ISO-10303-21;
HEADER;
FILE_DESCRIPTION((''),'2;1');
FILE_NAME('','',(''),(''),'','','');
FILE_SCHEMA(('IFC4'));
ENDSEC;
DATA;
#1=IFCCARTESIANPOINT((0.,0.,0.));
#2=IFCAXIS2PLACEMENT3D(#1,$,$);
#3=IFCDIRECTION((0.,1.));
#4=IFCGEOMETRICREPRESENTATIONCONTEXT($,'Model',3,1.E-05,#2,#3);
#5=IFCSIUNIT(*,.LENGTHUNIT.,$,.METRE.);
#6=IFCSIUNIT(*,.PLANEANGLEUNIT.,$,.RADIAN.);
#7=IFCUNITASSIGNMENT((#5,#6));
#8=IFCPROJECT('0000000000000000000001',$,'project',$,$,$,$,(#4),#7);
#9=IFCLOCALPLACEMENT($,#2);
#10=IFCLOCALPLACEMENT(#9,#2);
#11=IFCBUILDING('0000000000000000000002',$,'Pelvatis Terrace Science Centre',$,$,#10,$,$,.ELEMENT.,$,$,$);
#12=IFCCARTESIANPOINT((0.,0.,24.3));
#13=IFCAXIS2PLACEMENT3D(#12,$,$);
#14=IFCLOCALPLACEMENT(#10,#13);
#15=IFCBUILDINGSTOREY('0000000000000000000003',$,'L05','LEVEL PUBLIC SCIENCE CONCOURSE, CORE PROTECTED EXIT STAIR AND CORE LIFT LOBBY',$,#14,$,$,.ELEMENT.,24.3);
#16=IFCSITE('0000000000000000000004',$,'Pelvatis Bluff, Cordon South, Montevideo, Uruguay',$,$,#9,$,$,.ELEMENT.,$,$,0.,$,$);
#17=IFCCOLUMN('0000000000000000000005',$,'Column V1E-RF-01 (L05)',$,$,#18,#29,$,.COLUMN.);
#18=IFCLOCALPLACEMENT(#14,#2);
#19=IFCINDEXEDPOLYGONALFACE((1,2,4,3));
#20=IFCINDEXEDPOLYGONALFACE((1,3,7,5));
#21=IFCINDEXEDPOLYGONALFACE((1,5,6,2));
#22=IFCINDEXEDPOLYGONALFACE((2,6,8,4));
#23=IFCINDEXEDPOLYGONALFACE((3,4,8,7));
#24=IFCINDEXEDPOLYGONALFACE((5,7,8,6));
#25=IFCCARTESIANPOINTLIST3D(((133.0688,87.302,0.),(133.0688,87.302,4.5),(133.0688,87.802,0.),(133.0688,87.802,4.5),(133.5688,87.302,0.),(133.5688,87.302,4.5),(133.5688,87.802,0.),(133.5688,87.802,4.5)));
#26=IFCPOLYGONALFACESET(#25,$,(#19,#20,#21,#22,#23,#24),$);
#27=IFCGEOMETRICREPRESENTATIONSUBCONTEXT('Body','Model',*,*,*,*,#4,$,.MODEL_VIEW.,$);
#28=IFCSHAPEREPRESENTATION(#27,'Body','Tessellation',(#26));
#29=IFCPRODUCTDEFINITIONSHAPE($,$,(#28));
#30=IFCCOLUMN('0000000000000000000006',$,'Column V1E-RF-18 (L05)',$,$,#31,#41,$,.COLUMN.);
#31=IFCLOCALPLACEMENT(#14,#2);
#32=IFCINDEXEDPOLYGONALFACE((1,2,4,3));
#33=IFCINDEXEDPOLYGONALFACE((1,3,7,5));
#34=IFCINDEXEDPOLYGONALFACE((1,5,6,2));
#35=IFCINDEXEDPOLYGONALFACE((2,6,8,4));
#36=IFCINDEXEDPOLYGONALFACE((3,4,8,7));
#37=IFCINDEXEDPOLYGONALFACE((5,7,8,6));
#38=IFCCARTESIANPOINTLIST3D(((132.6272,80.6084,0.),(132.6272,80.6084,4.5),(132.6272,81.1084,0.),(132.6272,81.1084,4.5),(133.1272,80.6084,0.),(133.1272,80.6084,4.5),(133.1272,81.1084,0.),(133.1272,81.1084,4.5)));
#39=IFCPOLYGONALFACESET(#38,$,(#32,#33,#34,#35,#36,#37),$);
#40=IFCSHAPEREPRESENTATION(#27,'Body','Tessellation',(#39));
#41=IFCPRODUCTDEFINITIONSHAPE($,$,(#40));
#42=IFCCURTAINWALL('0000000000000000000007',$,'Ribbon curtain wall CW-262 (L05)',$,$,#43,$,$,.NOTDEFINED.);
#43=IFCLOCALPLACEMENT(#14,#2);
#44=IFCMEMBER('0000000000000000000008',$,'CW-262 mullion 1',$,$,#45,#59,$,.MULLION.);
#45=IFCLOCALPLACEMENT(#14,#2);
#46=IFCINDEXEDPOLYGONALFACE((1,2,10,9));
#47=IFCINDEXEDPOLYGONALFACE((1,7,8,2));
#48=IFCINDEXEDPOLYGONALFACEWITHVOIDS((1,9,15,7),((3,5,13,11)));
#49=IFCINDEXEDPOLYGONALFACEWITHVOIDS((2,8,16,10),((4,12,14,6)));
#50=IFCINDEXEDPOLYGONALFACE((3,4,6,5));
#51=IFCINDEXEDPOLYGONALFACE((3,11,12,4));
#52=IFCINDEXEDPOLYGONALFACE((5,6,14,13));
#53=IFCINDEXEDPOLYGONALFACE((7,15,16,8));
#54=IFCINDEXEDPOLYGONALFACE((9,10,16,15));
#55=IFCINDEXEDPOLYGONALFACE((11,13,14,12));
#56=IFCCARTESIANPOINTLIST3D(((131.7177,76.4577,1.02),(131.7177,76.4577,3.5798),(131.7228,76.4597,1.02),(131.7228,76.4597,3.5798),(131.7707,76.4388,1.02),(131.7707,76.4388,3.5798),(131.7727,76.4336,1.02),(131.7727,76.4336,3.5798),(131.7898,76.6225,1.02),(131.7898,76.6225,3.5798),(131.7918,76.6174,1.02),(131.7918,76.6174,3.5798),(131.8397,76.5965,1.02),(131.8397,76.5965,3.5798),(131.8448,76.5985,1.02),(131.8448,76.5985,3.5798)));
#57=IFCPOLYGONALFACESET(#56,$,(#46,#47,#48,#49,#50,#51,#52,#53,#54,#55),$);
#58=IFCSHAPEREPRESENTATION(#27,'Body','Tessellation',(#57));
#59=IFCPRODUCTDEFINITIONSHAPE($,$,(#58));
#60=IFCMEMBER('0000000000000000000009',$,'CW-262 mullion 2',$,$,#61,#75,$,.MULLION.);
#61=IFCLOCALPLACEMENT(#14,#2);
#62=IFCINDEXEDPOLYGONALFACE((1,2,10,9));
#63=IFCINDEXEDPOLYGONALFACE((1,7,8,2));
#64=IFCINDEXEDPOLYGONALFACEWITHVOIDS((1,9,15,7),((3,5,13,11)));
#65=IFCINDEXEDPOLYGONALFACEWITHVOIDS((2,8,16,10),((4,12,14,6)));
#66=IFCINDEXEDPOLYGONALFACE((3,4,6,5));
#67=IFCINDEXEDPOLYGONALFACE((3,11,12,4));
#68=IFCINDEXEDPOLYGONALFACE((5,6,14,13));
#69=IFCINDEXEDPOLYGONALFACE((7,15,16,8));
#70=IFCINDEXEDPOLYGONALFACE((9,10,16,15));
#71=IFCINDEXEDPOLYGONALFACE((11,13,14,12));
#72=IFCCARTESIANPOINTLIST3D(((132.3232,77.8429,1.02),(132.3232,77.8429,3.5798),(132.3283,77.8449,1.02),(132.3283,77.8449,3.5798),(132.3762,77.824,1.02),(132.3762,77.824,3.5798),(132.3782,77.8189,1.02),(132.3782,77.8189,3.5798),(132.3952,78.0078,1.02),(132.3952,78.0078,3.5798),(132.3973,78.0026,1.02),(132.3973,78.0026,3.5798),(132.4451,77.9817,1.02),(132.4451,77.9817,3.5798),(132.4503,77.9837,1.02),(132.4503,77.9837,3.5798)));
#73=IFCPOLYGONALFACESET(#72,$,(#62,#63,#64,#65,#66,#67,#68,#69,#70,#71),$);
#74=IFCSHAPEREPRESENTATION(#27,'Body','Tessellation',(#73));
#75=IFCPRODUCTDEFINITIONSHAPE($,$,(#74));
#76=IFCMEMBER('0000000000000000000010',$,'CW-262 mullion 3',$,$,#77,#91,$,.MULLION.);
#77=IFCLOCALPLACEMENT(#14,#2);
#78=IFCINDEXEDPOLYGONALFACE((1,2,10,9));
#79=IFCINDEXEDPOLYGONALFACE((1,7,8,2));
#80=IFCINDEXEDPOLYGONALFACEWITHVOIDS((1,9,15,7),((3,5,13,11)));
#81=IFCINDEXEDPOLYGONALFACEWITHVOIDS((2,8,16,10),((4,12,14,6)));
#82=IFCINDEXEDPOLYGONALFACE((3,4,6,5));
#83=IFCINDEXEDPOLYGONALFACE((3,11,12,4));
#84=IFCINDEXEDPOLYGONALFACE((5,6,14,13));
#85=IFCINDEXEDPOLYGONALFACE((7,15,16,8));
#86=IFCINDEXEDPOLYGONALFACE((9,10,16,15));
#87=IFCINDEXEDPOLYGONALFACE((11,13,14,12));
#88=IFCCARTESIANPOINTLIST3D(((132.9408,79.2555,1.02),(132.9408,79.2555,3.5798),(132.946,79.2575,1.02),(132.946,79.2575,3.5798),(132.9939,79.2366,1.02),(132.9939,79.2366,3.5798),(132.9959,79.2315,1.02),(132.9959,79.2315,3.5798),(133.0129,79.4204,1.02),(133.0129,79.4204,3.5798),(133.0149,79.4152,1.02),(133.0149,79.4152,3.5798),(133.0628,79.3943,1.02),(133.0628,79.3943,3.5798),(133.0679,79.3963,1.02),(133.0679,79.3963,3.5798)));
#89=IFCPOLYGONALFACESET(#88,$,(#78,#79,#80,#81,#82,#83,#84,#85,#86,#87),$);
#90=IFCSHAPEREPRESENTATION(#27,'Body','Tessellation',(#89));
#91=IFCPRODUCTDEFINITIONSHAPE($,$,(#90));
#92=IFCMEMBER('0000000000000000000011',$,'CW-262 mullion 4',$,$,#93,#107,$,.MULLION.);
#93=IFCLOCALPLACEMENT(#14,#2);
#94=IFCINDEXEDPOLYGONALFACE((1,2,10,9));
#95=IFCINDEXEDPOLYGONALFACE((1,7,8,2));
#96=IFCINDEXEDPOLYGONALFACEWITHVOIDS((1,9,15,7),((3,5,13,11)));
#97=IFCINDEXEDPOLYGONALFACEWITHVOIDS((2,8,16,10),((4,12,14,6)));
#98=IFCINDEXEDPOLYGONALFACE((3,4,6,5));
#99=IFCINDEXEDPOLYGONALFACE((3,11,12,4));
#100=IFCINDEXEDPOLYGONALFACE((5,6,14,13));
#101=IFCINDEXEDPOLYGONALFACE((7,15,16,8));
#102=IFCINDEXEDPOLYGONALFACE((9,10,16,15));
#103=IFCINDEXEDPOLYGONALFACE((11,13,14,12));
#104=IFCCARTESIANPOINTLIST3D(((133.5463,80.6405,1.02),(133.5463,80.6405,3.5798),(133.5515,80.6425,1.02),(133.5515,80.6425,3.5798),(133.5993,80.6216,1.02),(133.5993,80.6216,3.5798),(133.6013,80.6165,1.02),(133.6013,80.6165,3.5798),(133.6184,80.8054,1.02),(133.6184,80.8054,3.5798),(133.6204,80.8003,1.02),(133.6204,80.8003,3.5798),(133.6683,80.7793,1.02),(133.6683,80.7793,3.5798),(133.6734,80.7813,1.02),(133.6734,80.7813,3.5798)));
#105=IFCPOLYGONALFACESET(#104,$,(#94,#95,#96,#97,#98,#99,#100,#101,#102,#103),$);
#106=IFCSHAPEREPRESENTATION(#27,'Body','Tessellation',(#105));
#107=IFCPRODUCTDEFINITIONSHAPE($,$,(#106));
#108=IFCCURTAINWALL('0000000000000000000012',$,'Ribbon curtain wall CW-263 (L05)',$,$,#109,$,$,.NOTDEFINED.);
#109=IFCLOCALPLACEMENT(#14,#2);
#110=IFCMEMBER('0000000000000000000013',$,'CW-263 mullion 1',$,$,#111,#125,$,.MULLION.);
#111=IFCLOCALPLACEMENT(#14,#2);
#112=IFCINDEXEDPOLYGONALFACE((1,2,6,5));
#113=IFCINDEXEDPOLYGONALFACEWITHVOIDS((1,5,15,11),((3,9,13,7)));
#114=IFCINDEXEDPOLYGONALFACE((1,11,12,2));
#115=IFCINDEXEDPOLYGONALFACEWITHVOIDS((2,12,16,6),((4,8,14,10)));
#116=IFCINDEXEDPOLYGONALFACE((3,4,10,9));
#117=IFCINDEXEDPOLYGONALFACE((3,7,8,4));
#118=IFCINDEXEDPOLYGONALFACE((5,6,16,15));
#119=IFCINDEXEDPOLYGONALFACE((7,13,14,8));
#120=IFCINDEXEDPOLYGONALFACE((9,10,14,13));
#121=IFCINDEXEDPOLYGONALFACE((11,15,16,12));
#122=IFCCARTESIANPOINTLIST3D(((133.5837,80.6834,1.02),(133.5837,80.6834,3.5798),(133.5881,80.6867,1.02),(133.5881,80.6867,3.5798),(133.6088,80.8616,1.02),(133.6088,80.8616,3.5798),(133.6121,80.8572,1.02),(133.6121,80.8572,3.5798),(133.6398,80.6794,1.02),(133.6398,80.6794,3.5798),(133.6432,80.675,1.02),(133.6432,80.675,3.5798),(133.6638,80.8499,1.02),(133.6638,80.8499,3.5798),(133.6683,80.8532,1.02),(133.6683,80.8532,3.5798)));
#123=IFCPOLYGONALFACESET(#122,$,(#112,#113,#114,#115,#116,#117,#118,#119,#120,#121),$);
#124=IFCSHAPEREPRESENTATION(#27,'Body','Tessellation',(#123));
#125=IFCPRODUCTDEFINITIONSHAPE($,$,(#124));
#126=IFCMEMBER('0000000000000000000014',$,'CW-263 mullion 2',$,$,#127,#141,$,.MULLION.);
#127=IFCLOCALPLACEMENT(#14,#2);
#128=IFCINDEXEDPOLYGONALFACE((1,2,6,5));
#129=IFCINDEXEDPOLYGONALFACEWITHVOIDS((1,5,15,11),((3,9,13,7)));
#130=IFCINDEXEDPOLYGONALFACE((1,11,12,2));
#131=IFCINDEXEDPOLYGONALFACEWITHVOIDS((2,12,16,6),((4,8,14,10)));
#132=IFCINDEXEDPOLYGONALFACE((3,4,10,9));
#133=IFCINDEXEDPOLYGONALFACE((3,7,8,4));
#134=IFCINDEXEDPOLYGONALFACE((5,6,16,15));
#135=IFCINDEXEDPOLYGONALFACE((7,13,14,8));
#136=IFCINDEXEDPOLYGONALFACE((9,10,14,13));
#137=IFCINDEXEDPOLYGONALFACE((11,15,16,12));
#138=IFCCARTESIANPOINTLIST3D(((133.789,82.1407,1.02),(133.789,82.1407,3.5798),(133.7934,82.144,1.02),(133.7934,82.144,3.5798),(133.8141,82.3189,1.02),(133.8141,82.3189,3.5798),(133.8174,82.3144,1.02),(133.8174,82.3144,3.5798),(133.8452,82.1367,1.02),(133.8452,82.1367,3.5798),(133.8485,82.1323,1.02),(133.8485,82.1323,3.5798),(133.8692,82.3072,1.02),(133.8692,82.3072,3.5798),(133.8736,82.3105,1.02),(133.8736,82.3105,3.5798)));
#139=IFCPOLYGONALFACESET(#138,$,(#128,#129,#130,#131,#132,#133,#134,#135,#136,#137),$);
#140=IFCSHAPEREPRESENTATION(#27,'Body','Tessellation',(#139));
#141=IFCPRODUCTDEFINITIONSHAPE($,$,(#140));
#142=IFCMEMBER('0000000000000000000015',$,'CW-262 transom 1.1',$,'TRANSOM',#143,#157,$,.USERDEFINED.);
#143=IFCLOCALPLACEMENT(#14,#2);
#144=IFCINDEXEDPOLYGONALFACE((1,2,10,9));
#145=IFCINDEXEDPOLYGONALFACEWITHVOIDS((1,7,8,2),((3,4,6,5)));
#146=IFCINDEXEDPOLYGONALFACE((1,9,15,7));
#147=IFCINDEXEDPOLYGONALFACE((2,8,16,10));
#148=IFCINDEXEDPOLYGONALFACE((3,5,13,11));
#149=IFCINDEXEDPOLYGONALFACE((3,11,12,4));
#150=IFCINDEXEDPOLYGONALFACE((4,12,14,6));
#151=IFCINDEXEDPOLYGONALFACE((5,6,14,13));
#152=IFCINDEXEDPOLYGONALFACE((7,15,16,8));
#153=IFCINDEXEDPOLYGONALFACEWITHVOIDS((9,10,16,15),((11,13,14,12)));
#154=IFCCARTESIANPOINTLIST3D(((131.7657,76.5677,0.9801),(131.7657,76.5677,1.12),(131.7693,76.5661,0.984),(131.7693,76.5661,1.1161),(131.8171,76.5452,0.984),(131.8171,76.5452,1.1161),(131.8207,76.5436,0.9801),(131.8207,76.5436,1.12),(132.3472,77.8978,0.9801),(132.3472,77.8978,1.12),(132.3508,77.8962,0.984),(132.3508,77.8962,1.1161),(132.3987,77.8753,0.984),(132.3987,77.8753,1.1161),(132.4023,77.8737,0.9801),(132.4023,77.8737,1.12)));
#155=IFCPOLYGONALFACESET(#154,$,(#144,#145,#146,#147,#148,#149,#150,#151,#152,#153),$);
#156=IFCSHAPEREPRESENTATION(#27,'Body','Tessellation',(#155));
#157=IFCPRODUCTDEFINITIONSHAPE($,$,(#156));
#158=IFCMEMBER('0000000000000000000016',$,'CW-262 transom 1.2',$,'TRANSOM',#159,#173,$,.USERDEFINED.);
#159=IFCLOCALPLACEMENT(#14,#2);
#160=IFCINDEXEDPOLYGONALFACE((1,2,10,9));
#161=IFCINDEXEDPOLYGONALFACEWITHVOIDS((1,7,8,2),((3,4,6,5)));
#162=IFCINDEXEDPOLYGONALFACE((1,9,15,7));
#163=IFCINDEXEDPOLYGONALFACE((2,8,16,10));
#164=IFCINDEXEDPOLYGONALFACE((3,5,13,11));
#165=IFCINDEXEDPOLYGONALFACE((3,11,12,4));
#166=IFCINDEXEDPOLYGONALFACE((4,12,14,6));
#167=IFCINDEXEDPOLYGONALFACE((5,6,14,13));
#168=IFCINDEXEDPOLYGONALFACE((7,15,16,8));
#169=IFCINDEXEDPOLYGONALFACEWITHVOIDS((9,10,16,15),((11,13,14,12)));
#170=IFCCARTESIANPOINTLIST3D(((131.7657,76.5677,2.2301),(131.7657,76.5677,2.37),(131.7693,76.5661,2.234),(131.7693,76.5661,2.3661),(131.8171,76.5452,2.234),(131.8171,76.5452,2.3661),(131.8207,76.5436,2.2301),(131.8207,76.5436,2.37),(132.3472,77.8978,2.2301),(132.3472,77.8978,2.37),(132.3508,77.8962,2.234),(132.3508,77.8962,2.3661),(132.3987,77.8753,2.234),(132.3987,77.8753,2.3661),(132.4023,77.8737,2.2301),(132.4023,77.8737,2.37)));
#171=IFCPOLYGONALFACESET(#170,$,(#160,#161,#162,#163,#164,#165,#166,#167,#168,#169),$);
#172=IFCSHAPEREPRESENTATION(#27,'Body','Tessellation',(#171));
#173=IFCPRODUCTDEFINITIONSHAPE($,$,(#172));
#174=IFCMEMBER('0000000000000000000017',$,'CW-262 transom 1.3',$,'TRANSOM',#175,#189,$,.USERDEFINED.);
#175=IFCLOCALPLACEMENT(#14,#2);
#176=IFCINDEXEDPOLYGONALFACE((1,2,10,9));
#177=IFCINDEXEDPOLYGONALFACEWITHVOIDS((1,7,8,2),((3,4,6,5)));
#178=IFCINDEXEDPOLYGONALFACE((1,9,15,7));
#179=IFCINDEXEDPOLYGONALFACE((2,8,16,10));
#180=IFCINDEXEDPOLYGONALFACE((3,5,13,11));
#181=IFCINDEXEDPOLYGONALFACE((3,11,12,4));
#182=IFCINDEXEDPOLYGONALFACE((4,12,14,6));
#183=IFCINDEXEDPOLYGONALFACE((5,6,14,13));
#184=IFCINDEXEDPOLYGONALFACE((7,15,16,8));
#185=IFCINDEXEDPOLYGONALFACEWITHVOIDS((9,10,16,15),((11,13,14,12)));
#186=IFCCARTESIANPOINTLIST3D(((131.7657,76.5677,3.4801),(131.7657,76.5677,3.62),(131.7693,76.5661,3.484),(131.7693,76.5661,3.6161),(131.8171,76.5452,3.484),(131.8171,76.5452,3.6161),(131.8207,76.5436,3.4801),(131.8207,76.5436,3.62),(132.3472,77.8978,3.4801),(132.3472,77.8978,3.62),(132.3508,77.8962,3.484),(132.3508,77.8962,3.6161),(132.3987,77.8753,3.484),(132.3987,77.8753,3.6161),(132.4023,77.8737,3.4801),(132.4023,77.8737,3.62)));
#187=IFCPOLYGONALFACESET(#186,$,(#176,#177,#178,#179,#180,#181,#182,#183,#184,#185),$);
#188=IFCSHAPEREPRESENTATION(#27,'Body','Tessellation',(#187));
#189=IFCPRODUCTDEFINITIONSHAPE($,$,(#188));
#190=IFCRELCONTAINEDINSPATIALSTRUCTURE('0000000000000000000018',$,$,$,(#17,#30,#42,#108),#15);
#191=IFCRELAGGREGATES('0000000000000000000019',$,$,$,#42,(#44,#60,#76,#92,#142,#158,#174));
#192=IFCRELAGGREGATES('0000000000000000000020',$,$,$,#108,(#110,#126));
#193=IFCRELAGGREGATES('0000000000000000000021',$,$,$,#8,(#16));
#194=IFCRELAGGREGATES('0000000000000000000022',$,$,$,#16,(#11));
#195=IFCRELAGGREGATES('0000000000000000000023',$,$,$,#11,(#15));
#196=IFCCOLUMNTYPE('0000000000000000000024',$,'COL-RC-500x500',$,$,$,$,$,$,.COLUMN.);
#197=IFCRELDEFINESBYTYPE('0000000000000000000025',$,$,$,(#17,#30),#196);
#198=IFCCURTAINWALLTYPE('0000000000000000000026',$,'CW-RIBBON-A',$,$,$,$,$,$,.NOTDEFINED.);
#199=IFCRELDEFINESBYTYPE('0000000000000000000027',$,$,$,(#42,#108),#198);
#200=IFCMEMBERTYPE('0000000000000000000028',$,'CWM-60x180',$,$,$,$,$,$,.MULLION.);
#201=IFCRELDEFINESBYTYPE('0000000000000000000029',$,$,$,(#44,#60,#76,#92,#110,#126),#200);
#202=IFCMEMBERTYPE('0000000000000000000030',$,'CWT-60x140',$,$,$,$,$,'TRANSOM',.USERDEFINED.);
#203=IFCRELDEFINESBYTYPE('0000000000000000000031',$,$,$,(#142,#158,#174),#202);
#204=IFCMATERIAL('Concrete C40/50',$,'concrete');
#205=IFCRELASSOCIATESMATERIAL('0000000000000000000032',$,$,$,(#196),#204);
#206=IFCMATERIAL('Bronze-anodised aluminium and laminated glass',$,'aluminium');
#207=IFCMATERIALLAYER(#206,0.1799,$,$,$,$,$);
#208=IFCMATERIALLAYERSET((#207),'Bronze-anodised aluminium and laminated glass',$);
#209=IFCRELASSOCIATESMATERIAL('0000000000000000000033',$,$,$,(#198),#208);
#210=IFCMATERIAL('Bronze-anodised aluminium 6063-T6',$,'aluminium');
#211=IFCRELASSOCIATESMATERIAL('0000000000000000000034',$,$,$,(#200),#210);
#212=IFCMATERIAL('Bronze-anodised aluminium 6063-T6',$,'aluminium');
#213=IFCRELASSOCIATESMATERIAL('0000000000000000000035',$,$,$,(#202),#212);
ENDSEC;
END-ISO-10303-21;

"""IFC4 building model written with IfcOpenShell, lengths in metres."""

from ifc_helpers import new_model, si_unit, direction, frame, origin, origin_2d, place, context, subcontext, project, spatial, rectangle, hollow_rectangle, extrude, material, layer, layer_set, material_profile, profile_set, type_object, element, aggregate, save


model = new_model("IFC4")

# Units and contexts
model_context = context("Model", 3, precision=1e-05, world=origin(), true_north=direction((0.0, 1.0)))
body_context = subcontext(model_context, "Body", "Model", "MODEL_VIEW")
ifc_project = project(units=[si_unit("LENGTHUNIT", "METRE"), si_unit("PLANEANGLEUNIT", "RADIAN")], contexts=[model_context])

# Site, building, storey
site_placement = place(None, origin())
site = spatial("IfcSite", under=ifc_project, at=site_placement, Name="Pelvatis Bluff, Cordon South, Montevideo, Uruguay", CompositionType="ELEMENT", RefElevation=0.0)
building_placement = place(site_placement, origin())
building = spatial("IfcBuilding", under=site, at=building_placement, Name="Pelvatis Terrace Science Centre", CompositionType="ELEMENT")
storey_placement = place(building_placement, frame((0.0, 0.0, 24.3)))
storey = spatial("IfcBuildingStorey", under=building, at=storey_placement, Name="L05", Description="LEVEL PUBLIC SCIENCE CONCOURSE, CORE PROTECTED EXIT STAIR AND CORE LIFT LOBBY", CompositionType="ELEMENT", Elevation=24.3)

# Columns
ifc_material_1 = material(Name="Concrete C40/50", Category="concrete")
ifc_material_profile_1 = material_profile(ifc_material_1, rectangle(XDim=0.5, YDim=0.5, at=origin_2d()), Name="RC-COL 500x500")
ifc_profile_set_1 = profile_set([ifc_material_profile_1], Name="Concrete C40/50")
column_type = type_object("IfcColumnType", Name="COL-RC-500x500", PredefinedType="COLUMN", material=ifc_profile_set_1)
for number, where, z_axis, x_axis, name in (
    (1, (133.3188, 87.552, 0.0), (0.0, 0.0, 1.0), (1.0, 0.0, 0.0), "Column V1E-RF-01 (L05)"),
    (2, (132.8772, 80.8584, 0.0), (0.0, 0.0, 1.0), (1.0, 0.0, 0.0), "Column V1E-RF-18 (L05)"),
):
    element("IfcColumn", number, at=place(storey_placement, frame(where, z_axis=z_axis, x_axis=x_axis)), inside=storey, type_object=column_type, Name=name, PredefinedType="COLUMN", context=body_context, shape_type="SweptSolid", body=[
        extrude(rectangle(XDim=0.5, YDim=0.5, at=origin_2d()), origin(), (0.0, 0.0, 1.0), 4.5),
    ])

# Curtain walls, members
ifc_material_2 = material(Name="Bronze-anodised aluminium and laminated glass", Category="aluminium")
ifc_layer_1 = layer(ifc_material_2, 0.1799)
ifc_layer_set_1 = layer_set([ifc_layer_1], Name="Bronze-anodised aluminium and laminated glass")
curtain_wall_type = type_object("IfcCurtainWallType", Name="CW-RIBBON-A", PredefinedType="NOTDEFINED", material=ifc_layer_set_1)
curtain_wall_1_placement = place(storey_placement, origin())
curtain_wall_1 = element("IfcCurtainWall", 3, at=curtain_wall_1_placement, inside=storey, type_object=curtain_wall_type, Name="Ribbon curtain wall CW-262 (L05)", PredefinedType="NOTDEFINED")
ifc_material_3 = material(Name="Bronze-anodised aluminium 6063-T6", Category="aluminium")
ifc_material_profile_2 = material_profile(ifc_material_3, hollow_rectangle(XDim=0.0601, YDim=0.1799, WallThickness=0.0039, at=origin_2d()), Name="ALU-MUL 60x180")
ifc_profile_set_2 = profile_set([ifc_material_profile_2], Name="Bronze-anodised aluminium 6063-T6")
member_type_1 = type_object("IfcMemberType", Name="CWM-60x180", PredefinedType="MULLION", material=ifc_profile_set_2)
member_1_placement = place(storey_placement, frame((131.7812, 76.5281, 1.02), z_axis=(0.0, 0.0, 1.0), x_axis=(-0.916275, 0.40055, 0.0)))
member_1 = element("IfcMember", 4, at=member_1_placement, type_object=member_type_1, Name="CW-262 mullion 1", PredefinedType="MULLION", context=body_context, shape_type="SweptSolid", body=[
    extrude(hollow_rectangle(XDim=0.0601, YDim=0.1799, WallThickness=0.0039, at=origin_2d()), origin(), (0.0, 0.0, 1.0), 2.5598),
])
member_2_placement = place(storey_placement, frame((132.3867, 77.9133, 1.02), z_axis=(0.0, 0.0, 1.0), x_axis=(-0.916275, 0.40055, 0.0)))
member_2 = element("IfcMember", 5, at=member_2_placement, type_object=member_type_1, Name="CW-262 mullion 2", PredefinedType="MULLION", context=body_context, shape_type="SweptSolid", body=[
    extrude(hollow_rectangle(XDim=0.0601, YDim=0.1799, WallThickness=0.0039, at=origin_2d()), origin(), (0.0, 0.0, 1.0), 2.5598),
])
member_3_placement = place(storey_placement, frame((133.0044, 79.3259, 1.02), z_axis=(0.0, 0.0, 1.0), x_axis=(-0.916275, 0.40055, 0.0)))
member_3 = element("IfcMember", 6, at=member_3_placement, type_object=member_type_1, Name="CW-262 mullion 3", PredefinedType="MULLION", context=body_context, shape_type="SweptSolid", body=[
    extrude(hollow_rectangle(XDim=0.0601, YDim=0.1799, WallThickness=0.0039, at=origin_2d()), origin(), (0.0, 0.0, 1.0), 2.5598),
])
member_4_placement = place(storey_placement, frame((133.6099, 80.7109, 1.02), z_axis=(0.0, 0.0, 1.0), x_axis=(-0.916275, 0.40055, 0.0)))
member_4 = element("IfcMember", 7, at=member_4_placement, type_object=member_type_1, Name="CW-262 mullion 4", PredefinedType="MULLION", context=body_context, shape_type="SweptSolid", body=[
    extrude(hollow_rectangle(XDim=0.0601, YDim=0.1799, WallThickness=0.0039, at=origin_2d()), origin(), (0.0, 0.0, 1.0), 2.5598),
])
curtain_wall_2_placement = place(storey_placement, origin())
curtain_wall_2 = element("IfcCurtainWall", 8, at=curtain_wall_2_placement, inside=storey, type_object=curtain_wall_type, Name="Ribbon curtain wall CW-263 (L05)", PredefinedType="NOTDEFINED")
member_5_placement = place(storey_placement, frame((133.626, 80.7683, 1.02), z_axis=(0.0, 0.0, 1.0), x_axis=(-0.990235, 0.139408, 0.0)))
member_5 = element("IfcMember", 9, at=member_5_placement, type_object=member_type_1, Name="CW-263 mullion 1", PredefinedType="MULLION", context=body_context, shape_type="SweptSolid", body=[
    extrude(hollow_rectangle(XDim=0.0601, YDim=0.1799, WallThickness=0.0039, at=origin_2d()), origin(), (0.0, 0.0, 1.0), 2.5598),
])
member_6_placement = place(storey_placement, frame((133.8313, 82.2256, 1.02), z_axis=(0.0, 0.0, 1.0), x_axis=(-0.990235, 0.139408, 0.0)))
member_6 = element("IfcMember", 10, at=member_6_placement, type_object=member_type_1, Name="CW-263 mullion 2", PredefinedType="MULLION", context=body_context, shape_type="SweptSolid", body=[
    extrude(hollow_rectangle(XDim=0.0601, YDim=0.1799, WallThickness=0.0039, at=origin_2d()), origin(), (0.0, 0.0, 1.0), 2.5598),
])

# Members
ifc_material_4 = material(Name="Bronze-anodised aluminium 6063-T6", Category="aluminium")
ifc_material_profile_3 = material_profile(ifc_material_4, hollow_rectangle(XDim=0.0601, YDim=0.1399, WallThickness=0.0039, at=origin_2d()), Name="ALU-TRN 60x140")
ifc_profile_set_3 = profile_set([ifc_material_profile_3], Name="Bronze-anodised aluminium 6063-T6")
member_type_2 = type_object("IfcMemberType", Name="CWT-60x140", ElementType="TRANSOM", PredefinedType="USERDEFINED", material=ifc_profile_set_3)
member_7_placement = place(storey_placement, frame((131.7932, 76.5557, 1.05), z_axis=(0.400607, 0.91625, 0.0), x_axis=(-0.91625, 0.400607, 0.0)))
member_7 = element("IfcMember", 11, at=member_7_placement, type_object=member_type_2, Name="CW-262 transom 1.1", ObjectType="TRANSOM", PredefinedType="USERDEFINED", context=body_context, shape_type="SweptSolid", body=[
    extrude(hollow_rectangle(XDim=0.0601, YDim=0.1399, WallThickness=0.0039, at=origin_2d()), origin(), (0.0, 0.0, 1.0), 1.4517),
])
member_8_placement = place(storey_placement, frame((131.7932, 76.5557, 2.3), z_axis=(0.400607, 0.91625, 0.0), x_axis=(-0.91625, 0.400607, 0.0)))
member_8 = element("IfcMember", 12, at=member_8_placement, type_object=member_type_2, Name="CW-262 transom 1.2", ObjectType="TRANSOM", PredefinedType="USERDEFINED", context=body_context, shape_type="SweptSolid", body=[
    extrude(hollow_rectangle(XDim=0.0601, YDim=0.1399, WallThickness=0.0039, at=origin_2d()), origin(), (0.0, 0.0, 1.0), 1.4517),
])
member_9_placement = place(storey_placement, frame((131.7932, 76.5557, 3.55), z_axis=(0.400607, 0.91625, 0.0), x_axis=(-0.91625, 0.400607, 0.0)))
member_9 = element("IfcMember", 13, at=member_9_placement, type_object=member_type_2, Name="CW-262 transom 1.3", ObjectType="TRANSOM", PredefinedType="USERDEFINED", context=body_context, shape_type="SweptSolid", body=[
    extrude(hollow_rectangle(XDim=0.0601, YDim=0.1399, WallThickness=0.0039, at=origin_2d()), origin(), (0.0, 0.0, 1.0), 1.4517),
])

aggregate(curtain_wall_1, [member_1, member_2, member_3, member_4, member_7, member_8, member_9])
aggregate(curtain_wall_2, [member_5, member_6])

save(model, "model.ifc")
